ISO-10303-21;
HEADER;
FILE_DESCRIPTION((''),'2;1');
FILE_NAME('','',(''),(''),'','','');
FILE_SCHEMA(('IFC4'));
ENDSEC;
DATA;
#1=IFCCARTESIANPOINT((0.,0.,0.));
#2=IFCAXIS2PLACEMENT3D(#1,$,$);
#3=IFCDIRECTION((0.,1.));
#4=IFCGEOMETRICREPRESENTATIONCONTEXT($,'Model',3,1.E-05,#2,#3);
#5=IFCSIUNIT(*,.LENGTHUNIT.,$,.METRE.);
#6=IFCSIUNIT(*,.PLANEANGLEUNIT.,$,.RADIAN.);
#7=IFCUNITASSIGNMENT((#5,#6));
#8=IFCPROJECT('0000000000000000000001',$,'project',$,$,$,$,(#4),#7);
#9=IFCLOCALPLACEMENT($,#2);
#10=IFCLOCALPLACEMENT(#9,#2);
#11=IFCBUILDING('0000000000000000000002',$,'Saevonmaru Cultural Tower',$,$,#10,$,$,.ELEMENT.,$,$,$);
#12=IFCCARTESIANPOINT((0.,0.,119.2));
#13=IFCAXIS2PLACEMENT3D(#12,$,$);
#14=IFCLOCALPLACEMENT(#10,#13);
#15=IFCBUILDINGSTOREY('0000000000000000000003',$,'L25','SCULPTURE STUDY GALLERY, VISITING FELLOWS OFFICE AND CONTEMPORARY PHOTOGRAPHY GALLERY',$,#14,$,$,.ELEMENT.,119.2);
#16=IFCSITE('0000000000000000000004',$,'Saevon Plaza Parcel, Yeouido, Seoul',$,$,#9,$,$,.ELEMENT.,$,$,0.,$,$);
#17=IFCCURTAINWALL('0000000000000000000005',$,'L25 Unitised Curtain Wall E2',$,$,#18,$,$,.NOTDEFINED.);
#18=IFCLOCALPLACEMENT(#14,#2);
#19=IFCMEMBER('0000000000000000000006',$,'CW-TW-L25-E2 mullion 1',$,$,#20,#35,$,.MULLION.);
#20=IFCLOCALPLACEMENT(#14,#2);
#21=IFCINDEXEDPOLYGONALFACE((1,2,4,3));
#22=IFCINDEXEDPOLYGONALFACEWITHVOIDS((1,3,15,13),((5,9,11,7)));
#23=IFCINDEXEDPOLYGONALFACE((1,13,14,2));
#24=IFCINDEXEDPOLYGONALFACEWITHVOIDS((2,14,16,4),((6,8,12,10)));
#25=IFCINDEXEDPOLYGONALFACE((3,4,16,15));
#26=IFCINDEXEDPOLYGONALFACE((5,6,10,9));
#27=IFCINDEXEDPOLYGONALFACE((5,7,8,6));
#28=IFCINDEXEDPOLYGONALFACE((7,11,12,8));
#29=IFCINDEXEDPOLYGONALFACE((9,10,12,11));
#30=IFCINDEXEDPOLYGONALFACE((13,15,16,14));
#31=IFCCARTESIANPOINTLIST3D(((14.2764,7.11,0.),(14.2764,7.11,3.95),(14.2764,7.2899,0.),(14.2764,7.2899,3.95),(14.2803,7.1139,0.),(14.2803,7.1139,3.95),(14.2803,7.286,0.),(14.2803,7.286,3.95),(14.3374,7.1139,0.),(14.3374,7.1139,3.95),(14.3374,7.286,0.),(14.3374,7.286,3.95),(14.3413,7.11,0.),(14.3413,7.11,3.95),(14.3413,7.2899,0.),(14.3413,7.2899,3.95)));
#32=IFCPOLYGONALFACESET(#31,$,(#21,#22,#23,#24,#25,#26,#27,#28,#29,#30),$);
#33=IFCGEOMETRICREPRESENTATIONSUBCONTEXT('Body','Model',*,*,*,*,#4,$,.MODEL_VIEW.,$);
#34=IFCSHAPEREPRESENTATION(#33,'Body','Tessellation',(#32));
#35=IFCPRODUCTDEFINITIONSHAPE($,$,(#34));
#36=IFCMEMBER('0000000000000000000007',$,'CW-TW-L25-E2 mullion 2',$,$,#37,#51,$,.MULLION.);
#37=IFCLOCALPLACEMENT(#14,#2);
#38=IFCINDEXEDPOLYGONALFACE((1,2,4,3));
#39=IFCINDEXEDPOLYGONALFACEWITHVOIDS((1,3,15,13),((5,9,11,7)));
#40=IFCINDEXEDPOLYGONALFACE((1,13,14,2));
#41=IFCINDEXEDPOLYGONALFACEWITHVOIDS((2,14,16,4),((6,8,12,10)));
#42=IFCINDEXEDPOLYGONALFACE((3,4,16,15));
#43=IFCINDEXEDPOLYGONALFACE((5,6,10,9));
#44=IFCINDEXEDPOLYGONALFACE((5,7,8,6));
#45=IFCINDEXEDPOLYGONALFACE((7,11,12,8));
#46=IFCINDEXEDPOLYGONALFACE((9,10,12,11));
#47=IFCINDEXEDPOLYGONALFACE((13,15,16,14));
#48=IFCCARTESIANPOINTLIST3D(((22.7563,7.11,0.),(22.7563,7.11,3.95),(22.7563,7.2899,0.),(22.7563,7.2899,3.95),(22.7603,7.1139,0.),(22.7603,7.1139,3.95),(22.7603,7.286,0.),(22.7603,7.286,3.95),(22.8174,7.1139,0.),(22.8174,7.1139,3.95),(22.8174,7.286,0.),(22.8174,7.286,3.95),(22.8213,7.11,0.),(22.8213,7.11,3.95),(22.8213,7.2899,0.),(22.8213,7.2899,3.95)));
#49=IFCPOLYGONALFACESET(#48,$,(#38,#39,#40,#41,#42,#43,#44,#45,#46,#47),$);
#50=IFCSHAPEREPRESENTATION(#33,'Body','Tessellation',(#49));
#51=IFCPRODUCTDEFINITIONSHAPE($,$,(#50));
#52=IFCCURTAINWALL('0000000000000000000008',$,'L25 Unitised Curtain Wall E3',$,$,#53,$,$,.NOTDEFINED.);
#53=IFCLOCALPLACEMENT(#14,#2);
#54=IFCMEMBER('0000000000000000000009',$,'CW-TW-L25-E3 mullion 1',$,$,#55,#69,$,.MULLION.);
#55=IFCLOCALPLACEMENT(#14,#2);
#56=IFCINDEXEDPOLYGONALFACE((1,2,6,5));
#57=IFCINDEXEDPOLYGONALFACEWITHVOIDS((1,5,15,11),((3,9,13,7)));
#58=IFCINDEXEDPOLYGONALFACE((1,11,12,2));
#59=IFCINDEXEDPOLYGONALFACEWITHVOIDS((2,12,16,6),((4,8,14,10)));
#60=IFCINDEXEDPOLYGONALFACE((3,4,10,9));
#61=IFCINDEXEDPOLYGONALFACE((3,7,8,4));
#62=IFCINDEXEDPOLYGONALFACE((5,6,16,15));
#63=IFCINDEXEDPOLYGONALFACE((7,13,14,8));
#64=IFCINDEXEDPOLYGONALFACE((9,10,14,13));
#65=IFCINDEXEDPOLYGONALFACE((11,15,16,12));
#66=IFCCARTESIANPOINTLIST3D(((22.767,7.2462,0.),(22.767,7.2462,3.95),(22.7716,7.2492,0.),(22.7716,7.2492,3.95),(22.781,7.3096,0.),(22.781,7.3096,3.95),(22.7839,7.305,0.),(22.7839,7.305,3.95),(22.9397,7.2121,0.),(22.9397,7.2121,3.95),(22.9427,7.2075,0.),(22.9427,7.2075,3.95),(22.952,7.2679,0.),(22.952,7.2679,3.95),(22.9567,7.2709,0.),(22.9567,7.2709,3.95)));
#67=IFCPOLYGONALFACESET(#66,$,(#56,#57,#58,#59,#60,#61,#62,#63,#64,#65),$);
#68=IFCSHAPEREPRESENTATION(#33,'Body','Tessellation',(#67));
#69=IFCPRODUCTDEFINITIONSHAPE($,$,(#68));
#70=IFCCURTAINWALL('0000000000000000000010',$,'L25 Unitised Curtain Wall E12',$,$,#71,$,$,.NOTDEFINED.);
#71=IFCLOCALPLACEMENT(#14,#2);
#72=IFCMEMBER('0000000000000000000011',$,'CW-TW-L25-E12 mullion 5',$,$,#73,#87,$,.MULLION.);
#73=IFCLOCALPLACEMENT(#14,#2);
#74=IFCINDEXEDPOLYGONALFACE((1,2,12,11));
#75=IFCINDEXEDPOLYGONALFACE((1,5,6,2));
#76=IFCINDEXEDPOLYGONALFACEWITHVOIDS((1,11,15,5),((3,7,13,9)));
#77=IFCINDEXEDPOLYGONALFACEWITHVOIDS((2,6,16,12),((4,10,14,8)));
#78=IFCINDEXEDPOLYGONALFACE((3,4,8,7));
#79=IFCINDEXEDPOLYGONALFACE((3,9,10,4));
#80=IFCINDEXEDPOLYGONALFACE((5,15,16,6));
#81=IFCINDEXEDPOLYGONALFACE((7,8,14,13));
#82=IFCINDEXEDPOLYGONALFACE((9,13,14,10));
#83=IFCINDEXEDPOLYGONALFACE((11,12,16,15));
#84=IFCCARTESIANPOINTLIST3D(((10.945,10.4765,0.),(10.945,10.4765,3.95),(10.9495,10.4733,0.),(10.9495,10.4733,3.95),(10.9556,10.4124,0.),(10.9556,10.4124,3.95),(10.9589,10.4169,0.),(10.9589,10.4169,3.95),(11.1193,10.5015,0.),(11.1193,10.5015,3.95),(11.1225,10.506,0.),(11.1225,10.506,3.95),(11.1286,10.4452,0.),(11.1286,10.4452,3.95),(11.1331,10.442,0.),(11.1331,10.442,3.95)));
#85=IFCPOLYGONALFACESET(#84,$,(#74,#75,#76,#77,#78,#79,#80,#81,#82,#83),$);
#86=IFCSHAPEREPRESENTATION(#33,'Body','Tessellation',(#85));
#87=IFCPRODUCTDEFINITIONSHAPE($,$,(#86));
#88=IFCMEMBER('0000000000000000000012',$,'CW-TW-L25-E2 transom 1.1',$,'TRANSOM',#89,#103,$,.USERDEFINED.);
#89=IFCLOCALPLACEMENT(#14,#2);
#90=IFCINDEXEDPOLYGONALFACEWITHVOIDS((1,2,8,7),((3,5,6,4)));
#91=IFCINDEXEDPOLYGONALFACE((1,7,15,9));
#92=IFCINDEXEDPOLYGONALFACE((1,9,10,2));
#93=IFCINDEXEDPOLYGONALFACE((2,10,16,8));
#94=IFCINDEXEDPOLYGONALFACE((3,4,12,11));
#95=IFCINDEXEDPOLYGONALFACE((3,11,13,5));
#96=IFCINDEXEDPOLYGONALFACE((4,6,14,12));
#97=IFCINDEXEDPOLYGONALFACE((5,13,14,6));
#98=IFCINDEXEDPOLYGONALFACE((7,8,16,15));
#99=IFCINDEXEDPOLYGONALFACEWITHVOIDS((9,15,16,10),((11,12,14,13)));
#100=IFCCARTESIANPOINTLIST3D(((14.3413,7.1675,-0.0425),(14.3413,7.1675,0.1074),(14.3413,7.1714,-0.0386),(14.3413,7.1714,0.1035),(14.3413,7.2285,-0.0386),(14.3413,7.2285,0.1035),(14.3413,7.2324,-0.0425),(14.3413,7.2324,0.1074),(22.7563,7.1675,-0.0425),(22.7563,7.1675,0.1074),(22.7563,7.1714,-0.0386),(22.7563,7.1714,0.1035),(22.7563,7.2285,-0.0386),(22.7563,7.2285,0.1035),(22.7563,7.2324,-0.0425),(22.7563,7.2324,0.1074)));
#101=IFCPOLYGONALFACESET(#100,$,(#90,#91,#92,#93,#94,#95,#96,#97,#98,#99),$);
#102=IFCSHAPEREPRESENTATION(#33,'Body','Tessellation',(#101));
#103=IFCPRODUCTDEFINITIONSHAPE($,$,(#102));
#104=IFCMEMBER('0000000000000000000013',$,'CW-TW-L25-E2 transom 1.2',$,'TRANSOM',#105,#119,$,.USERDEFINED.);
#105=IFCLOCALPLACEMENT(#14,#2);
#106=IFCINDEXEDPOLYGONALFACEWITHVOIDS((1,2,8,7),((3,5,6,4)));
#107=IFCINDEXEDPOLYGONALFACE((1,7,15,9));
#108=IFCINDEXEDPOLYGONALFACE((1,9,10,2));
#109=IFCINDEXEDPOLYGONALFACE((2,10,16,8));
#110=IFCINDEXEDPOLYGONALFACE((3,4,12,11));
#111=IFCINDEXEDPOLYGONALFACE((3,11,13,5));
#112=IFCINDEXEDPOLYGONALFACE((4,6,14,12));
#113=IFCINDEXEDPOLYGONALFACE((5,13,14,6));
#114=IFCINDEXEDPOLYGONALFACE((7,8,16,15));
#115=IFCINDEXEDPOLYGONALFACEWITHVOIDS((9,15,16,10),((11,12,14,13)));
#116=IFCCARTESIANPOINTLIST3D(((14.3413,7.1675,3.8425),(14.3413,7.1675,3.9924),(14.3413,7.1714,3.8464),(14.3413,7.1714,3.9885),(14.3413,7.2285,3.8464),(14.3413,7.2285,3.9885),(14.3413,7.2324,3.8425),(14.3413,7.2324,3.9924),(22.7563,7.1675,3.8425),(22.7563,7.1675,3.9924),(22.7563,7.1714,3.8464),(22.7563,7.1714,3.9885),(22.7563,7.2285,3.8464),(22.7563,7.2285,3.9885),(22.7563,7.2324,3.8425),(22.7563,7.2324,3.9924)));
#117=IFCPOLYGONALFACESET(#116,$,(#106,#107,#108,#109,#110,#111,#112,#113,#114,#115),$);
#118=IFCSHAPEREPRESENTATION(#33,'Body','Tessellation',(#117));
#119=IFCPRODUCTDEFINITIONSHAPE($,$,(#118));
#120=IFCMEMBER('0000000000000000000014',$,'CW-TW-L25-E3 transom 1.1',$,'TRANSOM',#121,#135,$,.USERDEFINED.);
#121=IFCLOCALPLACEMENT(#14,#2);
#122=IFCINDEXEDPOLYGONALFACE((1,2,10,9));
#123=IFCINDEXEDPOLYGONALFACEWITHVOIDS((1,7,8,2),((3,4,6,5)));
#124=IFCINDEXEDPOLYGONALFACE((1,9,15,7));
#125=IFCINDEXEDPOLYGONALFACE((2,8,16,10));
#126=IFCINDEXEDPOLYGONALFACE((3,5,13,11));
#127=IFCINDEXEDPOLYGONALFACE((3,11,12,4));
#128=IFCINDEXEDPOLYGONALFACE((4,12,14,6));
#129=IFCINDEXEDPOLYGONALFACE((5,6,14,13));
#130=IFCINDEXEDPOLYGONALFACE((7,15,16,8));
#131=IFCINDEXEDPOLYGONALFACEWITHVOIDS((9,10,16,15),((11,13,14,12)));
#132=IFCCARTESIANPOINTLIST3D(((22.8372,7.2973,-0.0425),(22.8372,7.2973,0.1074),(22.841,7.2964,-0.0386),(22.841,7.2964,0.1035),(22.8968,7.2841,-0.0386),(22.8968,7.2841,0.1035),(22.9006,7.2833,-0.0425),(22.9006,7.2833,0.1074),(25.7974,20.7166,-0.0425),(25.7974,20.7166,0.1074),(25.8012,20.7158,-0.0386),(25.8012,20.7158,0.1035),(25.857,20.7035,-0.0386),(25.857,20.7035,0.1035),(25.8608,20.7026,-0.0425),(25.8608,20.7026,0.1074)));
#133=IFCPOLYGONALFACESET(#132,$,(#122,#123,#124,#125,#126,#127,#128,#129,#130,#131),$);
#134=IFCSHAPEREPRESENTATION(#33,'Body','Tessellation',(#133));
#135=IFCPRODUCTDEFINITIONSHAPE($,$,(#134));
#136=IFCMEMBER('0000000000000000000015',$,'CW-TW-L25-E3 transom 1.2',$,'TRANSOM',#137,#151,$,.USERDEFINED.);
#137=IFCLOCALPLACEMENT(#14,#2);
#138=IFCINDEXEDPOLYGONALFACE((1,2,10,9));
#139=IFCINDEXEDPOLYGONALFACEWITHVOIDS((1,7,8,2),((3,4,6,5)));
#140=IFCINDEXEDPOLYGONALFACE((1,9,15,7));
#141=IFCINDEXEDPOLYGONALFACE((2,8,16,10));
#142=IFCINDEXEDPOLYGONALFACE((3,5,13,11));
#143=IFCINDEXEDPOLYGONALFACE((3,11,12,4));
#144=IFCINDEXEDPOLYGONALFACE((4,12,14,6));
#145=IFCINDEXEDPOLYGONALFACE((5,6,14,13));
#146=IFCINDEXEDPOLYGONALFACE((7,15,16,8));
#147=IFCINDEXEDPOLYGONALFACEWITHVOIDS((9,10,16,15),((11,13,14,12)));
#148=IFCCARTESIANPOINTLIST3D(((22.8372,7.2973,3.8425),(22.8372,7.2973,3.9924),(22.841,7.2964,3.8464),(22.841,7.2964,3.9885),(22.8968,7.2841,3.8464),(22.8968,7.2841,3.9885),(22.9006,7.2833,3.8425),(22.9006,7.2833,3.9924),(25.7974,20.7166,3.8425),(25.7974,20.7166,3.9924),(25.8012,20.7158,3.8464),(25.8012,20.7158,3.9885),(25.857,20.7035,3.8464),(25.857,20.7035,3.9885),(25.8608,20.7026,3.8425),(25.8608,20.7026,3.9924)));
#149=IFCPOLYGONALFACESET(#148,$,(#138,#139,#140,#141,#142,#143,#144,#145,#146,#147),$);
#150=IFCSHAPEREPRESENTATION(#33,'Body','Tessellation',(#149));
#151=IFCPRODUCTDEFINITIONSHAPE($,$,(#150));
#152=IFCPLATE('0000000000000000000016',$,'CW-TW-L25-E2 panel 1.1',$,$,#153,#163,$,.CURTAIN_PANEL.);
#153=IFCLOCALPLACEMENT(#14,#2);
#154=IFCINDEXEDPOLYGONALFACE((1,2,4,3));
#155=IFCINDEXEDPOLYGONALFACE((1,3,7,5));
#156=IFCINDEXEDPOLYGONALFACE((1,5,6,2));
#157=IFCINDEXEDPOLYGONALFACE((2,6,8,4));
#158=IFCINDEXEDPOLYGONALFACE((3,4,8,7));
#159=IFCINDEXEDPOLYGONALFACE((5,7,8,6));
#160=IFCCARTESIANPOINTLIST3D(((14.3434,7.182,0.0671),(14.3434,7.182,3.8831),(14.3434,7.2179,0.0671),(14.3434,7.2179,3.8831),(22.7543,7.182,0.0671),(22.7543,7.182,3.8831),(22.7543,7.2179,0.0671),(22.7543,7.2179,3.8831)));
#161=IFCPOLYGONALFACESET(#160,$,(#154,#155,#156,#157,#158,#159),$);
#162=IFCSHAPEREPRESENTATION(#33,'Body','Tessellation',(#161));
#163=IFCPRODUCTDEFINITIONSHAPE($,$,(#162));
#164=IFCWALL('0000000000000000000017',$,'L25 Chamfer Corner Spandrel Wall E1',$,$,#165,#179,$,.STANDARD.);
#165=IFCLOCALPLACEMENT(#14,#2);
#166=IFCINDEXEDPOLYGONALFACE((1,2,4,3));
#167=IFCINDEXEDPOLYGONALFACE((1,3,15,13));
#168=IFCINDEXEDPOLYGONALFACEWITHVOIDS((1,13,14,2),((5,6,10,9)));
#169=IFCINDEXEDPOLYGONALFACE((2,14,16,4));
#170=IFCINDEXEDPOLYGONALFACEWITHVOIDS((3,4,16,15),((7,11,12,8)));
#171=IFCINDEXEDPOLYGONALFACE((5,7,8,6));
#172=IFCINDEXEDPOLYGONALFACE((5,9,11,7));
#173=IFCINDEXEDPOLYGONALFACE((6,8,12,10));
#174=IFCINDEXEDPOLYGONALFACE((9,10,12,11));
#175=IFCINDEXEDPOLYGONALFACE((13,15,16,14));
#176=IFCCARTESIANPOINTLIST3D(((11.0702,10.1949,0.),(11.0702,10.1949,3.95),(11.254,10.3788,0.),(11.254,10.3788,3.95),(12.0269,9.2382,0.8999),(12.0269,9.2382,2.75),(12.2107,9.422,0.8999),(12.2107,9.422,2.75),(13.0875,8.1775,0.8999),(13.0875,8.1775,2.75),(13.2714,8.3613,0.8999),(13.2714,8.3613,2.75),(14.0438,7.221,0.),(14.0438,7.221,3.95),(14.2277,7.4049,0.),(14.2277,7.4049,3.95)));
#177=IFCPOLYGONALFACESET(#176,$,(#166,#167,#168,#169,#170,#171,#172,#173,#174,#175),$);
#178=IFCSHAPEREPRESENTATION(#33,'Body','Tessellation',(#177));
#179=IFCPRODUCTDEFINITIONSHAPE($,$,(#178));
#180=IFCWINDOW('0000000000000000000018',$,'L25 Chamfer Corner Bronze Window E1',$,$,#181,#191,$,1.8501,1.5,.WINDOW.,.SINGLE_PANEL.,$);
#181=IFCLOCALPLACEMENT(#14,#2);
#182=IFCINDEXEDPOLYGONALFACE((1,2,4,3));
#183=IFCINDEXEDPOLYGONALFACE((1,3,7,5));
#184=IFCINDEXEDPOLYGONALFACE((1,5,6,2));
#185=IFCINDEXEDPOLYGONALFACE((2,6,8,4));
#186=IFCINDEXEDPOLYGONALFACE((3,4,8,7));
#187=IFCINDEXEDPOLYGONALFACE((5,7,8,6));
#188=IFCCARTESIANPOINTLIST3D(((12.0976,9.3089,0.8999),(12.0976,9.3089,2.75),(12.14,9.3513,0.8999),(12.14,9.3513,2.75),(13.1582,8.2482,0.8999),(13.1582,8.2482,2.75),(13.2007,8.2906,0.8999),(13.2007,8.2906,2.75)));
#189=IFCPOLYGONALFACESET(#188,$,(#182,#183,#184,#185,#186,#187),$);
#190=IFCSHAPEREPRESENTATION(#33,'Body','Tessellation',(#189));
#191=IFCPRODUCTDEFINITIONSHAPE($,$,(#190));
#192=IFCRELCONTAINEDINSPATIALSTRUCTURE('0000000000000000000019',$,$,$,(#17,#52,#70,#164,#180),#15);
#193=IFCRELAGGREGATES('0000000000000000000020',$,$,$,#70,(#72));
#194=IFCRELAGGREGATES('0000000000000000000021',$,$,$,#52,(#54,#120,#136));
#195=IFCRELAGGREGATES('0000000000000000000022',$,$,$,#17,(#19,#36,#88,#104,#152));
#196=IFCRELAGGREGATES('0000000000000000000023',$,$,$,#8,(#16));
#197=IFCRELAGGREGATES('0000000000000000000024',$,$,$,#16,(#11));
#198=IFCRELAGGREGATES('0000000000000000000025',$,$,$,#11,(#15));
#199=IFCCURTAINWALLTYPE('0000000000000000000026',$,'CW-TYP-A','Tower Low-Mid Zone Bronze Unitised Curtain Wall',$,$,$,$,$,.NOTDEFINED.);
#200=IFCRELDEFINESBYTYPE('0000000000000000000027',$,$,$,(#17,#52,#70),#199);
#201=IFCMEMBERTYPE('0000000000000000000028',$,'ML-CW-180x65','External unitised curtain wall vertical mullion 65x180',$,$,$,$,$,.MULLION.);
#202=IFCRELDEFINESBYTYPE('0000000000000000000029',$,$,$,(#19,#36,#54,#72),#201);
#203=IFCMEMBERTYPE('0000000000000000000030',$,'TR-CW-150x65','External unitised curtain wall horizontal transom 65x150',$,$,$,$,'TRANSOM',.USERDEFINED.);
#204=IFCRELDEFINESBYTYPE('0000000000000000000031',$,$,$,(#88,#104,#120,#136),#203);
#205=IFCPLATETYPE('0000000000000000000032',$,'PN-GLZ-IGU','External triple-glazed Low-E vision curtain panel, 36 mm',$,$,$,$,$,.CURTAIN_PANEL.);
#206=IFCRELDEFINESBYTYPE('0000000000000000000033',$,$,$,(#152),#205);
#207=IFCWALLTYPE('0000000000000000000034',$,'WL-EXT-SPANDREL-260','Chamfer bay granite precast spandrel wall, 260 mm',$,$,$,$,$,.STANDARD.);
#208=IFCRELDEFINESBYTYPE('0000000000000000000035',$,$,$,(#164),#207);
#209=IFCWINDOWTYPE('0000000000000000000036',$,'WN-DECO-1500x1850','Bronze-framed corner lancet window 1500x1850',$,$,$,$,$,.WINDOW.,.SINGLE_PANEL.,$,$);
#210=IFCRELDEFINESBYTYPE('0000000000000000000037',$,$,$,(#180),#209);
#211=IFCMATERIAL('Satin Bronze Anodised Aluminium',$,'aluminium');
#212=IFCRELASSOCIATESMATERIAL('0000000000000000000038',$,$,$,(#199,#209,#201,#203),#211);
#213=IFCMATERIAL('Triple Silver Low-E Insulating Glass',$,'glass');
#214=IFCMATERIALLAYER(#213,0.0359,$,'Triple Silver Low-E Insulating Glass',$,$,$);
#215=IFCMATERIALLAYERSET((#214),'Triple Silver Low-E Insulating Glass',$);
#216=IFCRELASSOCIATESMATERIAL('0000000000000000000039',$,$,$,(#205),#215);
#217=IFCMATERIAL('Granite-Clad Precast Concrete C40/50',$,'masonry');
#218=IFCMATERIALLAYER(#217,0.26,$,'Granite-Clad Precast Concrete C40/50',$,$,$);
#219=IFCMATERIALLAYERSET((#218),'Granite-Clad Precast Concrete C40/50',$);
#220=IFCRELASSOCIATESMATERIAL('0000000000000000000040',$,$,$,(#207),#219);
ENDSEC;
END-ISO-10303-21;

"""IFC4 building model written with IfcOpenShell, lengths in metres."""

from ifc_helpers import new_model, si_unit, direction, frame, frame_2d, origin, origin_2d, place, context, subcontext, project, spatial, rectangle, hollow_rectangle, extrude, material, layer, layer_set, material_profile, profile_set, type_object, element, fill, aggregate, save


model = new_model("IFC4")

# Units and contexts
model_context = context("Model", 3, precision=1e-05, world=origin(), true_north=direction((0.0, 1.0)))
body_context = subcontext(model_context, "Body", "Model", "MODEL_VIEW")
ifc_project = project(units=[si_unit("LENGTHUNIT", "METRE"), si_unit("PLANEANGLEUNIT", "RADIAN")], contexts=[model_context])

# Site, building, storey
site_placement = place(None, origin())
site = spatial("IfcSite", under=ifc_project, at=site_placement, Name="Saevon Plaza Parcel, Yeouido, Seoul", CompositionType="ELEMENT", RefElevation=0.0)
building_placement = place(site_placement, origin())
building = spatial("IfcBuilding", under=site, at=building_placement, Name="Saevonmaru Cultural Tower", CompositionType="ELEMENT")
storey_placement = place(building_placement, frame((0.0, 0.0, 119.2)))
storey = spatial("IfcBuildingStorey", under=building, at=storey_placement, Name="L25", Description="SCULPTURE STUDY GALLERY, VISITING FELLOWS OFFICE AND CONTEMPORARY PHOTOGRAPHY GALLERY", CompositionType="ELEMENT", Elevation=119.2)

# Curtain wall, members
ifc_material_1 = material(Name="Satin Bronze Anodised Aluminium", Category="aluminium")
curtain_wall_type = type_object("IfcCurtainWallType", Name="CW-TYP-A", Description="Tower Low-Mid Zone Bronze Unitised Curtain Wall", PredefinedType="NOTDEFINED", material=ifc_material_1)
curtain_wall_1_placement = place(storey_placement, origin())
curtain_wall_1 = element("IfcCurtainWall", 1, at=curtain_wall_1_placement, inside=storey, type_object=curtain_wall_type, Name="L25 Unitised Curtain Wall E2", PredefinedType="NOTDEFINED")
ifc_material_profile_1 = material_profile(ifc_material_1, hollow_rectangle(XDim=0.0649, YDim=0.1799, WallThickness=0.0039, at=origin_2d()), Name="ALU-MULL-180x65x4")
ifc_profile_set_1 = profile_set([ifc_material_profile_1], Name="Satin Bronze Anodised Aluminium")
member_type_1 = type_object("IfcMemberType", Name="ML-CW-180x65", Description="External unitised curtain wall vertical mullion 65x180", PredefinedType="MULLION", material=ifc_profile_set_1)
member_1_placement = place(storey_placement, frame((14.3088, 7.2, 0.0), z_axis=(0.0, 0.0, 1.0), x_axis=(1.0, 0.0, 0.0)))
member_1 = element("IfcMember", 2, at=member_1_placement, type_object=member_type_1, Name="CW-TW-L25-E2 mullion 1", PredefinedType="MULLION", context=body_context, shape_type="SweptSolid", body=[
    extrude(hollow_rectangle(XDim=0.0649, YDim=0.1799, WallThickness=0.0039, at=origin_2d()), origin(), (0.0, 0.0, 1.0), 3.95),
])
member_2_placement = place(storey_placement, frame((22.7888, 7.2, 0.0), z_axis=(0.0, 0.0, 1.0), x_axis=(1.0, 0.0, 0.0)))
member_2 = element("IfcMember", 3, at=member_2_placement, type_object=member_type_1, Name="CW-TW-L25-E2 mullion 2", PredefinedType="MULLION", context=body_context, shape_type="SweptSolid", body=[
    extrude(hollow_rectangle(XDim=0.0649, YDim=0.1799, WallThickness=0.0039, at=origin_2d()), origin(), (0.0, 0.0, 1.0), 3.95),
])

# Curtain walls, members
curtain_wall_2_placement = place(storey_placement, origin())
curtain_wall_2 = element("IfcCurtainWall", 4, at=curtain_wall_2_placement, inside=storey, type_object=curtain_wall_type, Name="L25 Unitised Curtain Wall E3", PredefinedType="NOTDEFINED")
member_3_placement = place(storey_placement, frame((22.8618, 7.2585, 0.0), z_axis=(0.0, 0.0, 1.0), x_axis=(0.215413, 0.976523, 0.0)))
member_3 = element("IfcMember", 5, at=member_3_placement, type_object=member_type_1, Name="CW-TW-L25-E3 mullion 1", PredefinedType="MULLION", context=body_context, shape_type="SweptSolid", body=[
    extrude(hollow_rectangle(XDim=0.0649, YDim=0.1799, WallThickness=0.0039, at=origin_2d()), origin(), (0.0, 0.0, 1.0), 3.95),
])
curtain_wall_3_placement = place(storey_placement, origin())
curtain_wall_3 = element("IfcCurtainWall", 6, at=curtain_wall_3_placement, inside=storey, type_object=curtain_wall_type, Name="L25 Unitised Curtain Wall E12", PredefinedType="NOTDEFINED")
member_4_placement = place(storey_placement, frame((11.0391, 10.4592, 0.0), z_axis=(0.0, 0.0, 1.0), x_axis=(0.163999, -0.986461, 0.0)))
member_4 = element("IfcMember", 7, at=member_4_placement, type_object=member_type_1, Name="CW-TW-L25-E12 mullion 5", PredefinedType="MULLION", context=body_context, shape_type="SweptSolid", body=[
    extrude(hollow_rectangle(XDim=0.0649, YDim=0.1799, WallThickness=0.0039, at=origin_2d()), origin(), (0.0, 0.0, 1.0), 3.95),
])
aggregate(curtain_wall_3, [member_4])

# Members
ifc_material_profile_2 = material_profile(ifc_material_1, hollow_rectangle(XDim=0.0649, YDim=0.1499, WallThickness=0.0039, at=origin_2d()), Name="ALU-TRAN-150x65x4")
ifc_profile_set_2 = profile_set([ifc_material_profile_2], Name="Satin Bronze Anodised Aluminium")
member_type_2 = type_object("IfcMemberType", Name="TR-CW-150x65", Description="External unitised curtain wall horizontal transom 65x150", ElementType="TRANSOM", PredefinedType="USERDEFINED", material=ifc_profile_set_2)
member_5_placement = place(storey_placement, frame((14.3413, 7.2, 0.0325), z_axis=(1.0, 0.0, 0.0), x_axis=(0.0, 1.0, 0.0)))
member_5 = element("IfcMember", 8, at=member_5_placement, type_object=member_type_2, Name="CW-TW-L25-E2 transom 1.1", ObjectType="TRANSOM", PredefinedType="USERDEFINED", context=body_context, shape_type="SweptSolid", body=[
    extrude(hollow_rectangle(XDim=0.0649, YDim=0.1499, WallThickness=0.0039, at=origin_2d()), origin(), (0.0, 0.0, 1.0), 8.415),
])
member_6_placement = place(storey_placement, frame((14.3413, 7.2, 3.9175), z_axis=(1.0, 0.0, 0.0), x_axis=(0.0, 1.0, 0.0)))
member_6 = element("IfcMember", 9, at=member_6_placement, type_object=member_type_2, Name="CW-TW-L25-E2 transom 1.2", ObjectType="TRANSOM", PredefinedType="USERDEFINED", context=body_context, shape_type="SweptSolid", body=[
    extrude(hollow_rectangle(XDim=0.0649, YDim=0.1499, WallThickness=0.0039, at=origin_2d()), origin(), (0.0, 0.0, 1.0), 8.415),
])
member_7_placement = place(storey_placement, frame((22.8689, 7.2903, 0.0325), z_axis=(0.215412, 0.976523, 0.0), x_axis=(-0.976523, 0.215412, 0.0)))
member_7 = element("IfcMember", 10, at=member_7_placement, type_object=member_type_2, Name="CW-TW-L25-E3 transom 1.1", ObjectType="TRANSOM", PredefinedType="USERDEFINED", context=body_context, shape_type="SweptSolid", body=[
    extrude(hollow_rectangle(XDim=0.0649, YDim=0.1499, WallThickness=0.0039, at=origin_2d()), origin(), (0.0, 0.0, 1.0), 13.7419),
])
member_8_placement = place(storey_placement, frame((22.8689, 7.2903, 3.9175), z_axis=(0.215412, 0.976523, 0.0), x_axis=(-0.976523, 0.215412, 0.0)))
member_8 = element("IfcMember", 11, at=member_8_placement, type_object=member_type_2, Name="CW-TW-L25-E3 transom 1.2", ObjectType="TRANSOM", PredefinedType="USERDEFINED", context=body_context, shape_type="SweptSolid", body=[
    extrude(hollow_rectangle(XDim=0.0649, YDim=0.1499, WallThickness=0.0039, at=origin_2d()), origin(), (0.0, 0.0, 1.0), 13.7419),
])
aggregate(curtain_wall_2, [member_3, member_7, member_8])

# Plate
ifc_material_2 = material(Name="Triple Silver Low-E Insulating Glass", Category="glass")
ifc_layer_1 = layer(ifc_material_2, 0.0359, Name="Triple Silver Low-E Insulating Glass")
ifc_layer_set_1 = layer_set([ifc_layer_1], Name="Triple Silver Low-E Insulating Glass")
plate_type = type_object("IfcPlateType", Name="PN-GLZ-IGU", Description="External triple-glazed Low-E vision curtain panel, 36 mm", PredefinedType="CURTAIN_PANEL", material=ifc_layer_set_1)
plate_placement = place(storey_placement, frame((18.5488, 7.2, 0.0671), z_axis=(0.0, 0.0, 1.0), x_axis=(1.0, 0.0, 0.0)))
plate = element("IfcPlate", 12, at=plate_placement, type_object=plate_type, Name="CW-TW-L25-E2 panel 1.1", PredefinedType="CURTAIN_PANEL", context=body_context, shape_type="SweptSolid", body=[
    extrude(rectangle(XDim=8.4109, YDim=0.0359, at=origin_2d()), origin(), (0.0, 0.0, 1.0), 3.8159),
])
aggregate(curtain_wall_1, [member_1, member_2, member_5, member_6, plate])

# Wall, opening, window
ifc_material_3 = material(Name="Granite-Clad Precast Concrete C40/50", Category="masonry")
ifc_layer_2 = layer(ifc_material_3, 0.26, Name="Granite-Clad Precast Concrete C40/50")
ifc_layer_set_2 = layer_set([ifc_layer_2], Name="Granite-Clad Precast Concrete C40/50")
wall_type_1 = type_object("IfcWallType", Name="WL-EXT-SPANDREL-260", Description="Chamfer bay granite precast spandrel wall, 260 mm", PredefinedType="STANDARD", material=ifc_layer_set_2)
wall_placement = place(storey_placement, frame((11.1621, 10.2869, 0.0), z_axis=(0.0, 0.0, 1.0), x_axis=(0.707078, -0.707136, 0.0)))
wall = element("IfcWall", 13, at=wall_placement, inside=storey, type_object=wall_type_1, Name="L25 Chamfer Corner Spandrel Wall E1", PredefinedType="STANDARD", context=body_context, shape_type="SweptSolid", body=[
    extrude(rectangle(XDim=4.2056, YDim=0.26, at=frame_2d((2.1028, 0.0))), origin(), (0.0, 0.0, 1.0), 3.95),
])
opening_placement = place(wall_placement, frame((1.353, 0.0, 0.8999)))
opening = element("IfcOpeningElement", 14, at=opening_placement, cuts=wall, PredefinedType="OPENING", context=body_context, shape_type="SweptSolid", body=[
    extrude(rectangle(XDim=1.5, YDim=1.8501, at=frame_2d((0.75, 0.925))), frame((0.0, 0.1401, 0.0), z_axis=(0.0, -1.0, 0.0), x_axis=(1.0, 0.0, 0.0)), (0.0, 0.0, 1.0), 0.28),
])
window_type = type_object("IfcWindowType", Name="WN-DECO-1500x1850", Description="Bronze-framed corner lancet window 1500x1850", PartitioningType="SINGLE_PANEL", PredefinedType="WINDOW", material=ifc_material_1)
window_placement = place(opening_placement, origin())
window = element("IfcWindow", 15, at=window_placement, inside=storey, type_object=window_type, Name="L25 Chamfer Corner Bronze Window E1", OverallHeight=1.8501, OverallWidth=1.5, PartitioningType="SINGLE_PANEL", PredefinedType="WINDOW", context=body_context, shape_type="SweptSolid", body=[
    extrude(rectangle(XDim=1.5, YDim=1.8501, at=frame_2d((0.75, 0.925))), frame((0.0, 0.03, 0.0), z_axis=(0.0, -1.0, 0.0), x_axis=(1.0, 0.0, 0.0)), (0.0, 0.0, 1.0), 0.0601),
])
fill(opening, window)

save(model, "model.ifc")
